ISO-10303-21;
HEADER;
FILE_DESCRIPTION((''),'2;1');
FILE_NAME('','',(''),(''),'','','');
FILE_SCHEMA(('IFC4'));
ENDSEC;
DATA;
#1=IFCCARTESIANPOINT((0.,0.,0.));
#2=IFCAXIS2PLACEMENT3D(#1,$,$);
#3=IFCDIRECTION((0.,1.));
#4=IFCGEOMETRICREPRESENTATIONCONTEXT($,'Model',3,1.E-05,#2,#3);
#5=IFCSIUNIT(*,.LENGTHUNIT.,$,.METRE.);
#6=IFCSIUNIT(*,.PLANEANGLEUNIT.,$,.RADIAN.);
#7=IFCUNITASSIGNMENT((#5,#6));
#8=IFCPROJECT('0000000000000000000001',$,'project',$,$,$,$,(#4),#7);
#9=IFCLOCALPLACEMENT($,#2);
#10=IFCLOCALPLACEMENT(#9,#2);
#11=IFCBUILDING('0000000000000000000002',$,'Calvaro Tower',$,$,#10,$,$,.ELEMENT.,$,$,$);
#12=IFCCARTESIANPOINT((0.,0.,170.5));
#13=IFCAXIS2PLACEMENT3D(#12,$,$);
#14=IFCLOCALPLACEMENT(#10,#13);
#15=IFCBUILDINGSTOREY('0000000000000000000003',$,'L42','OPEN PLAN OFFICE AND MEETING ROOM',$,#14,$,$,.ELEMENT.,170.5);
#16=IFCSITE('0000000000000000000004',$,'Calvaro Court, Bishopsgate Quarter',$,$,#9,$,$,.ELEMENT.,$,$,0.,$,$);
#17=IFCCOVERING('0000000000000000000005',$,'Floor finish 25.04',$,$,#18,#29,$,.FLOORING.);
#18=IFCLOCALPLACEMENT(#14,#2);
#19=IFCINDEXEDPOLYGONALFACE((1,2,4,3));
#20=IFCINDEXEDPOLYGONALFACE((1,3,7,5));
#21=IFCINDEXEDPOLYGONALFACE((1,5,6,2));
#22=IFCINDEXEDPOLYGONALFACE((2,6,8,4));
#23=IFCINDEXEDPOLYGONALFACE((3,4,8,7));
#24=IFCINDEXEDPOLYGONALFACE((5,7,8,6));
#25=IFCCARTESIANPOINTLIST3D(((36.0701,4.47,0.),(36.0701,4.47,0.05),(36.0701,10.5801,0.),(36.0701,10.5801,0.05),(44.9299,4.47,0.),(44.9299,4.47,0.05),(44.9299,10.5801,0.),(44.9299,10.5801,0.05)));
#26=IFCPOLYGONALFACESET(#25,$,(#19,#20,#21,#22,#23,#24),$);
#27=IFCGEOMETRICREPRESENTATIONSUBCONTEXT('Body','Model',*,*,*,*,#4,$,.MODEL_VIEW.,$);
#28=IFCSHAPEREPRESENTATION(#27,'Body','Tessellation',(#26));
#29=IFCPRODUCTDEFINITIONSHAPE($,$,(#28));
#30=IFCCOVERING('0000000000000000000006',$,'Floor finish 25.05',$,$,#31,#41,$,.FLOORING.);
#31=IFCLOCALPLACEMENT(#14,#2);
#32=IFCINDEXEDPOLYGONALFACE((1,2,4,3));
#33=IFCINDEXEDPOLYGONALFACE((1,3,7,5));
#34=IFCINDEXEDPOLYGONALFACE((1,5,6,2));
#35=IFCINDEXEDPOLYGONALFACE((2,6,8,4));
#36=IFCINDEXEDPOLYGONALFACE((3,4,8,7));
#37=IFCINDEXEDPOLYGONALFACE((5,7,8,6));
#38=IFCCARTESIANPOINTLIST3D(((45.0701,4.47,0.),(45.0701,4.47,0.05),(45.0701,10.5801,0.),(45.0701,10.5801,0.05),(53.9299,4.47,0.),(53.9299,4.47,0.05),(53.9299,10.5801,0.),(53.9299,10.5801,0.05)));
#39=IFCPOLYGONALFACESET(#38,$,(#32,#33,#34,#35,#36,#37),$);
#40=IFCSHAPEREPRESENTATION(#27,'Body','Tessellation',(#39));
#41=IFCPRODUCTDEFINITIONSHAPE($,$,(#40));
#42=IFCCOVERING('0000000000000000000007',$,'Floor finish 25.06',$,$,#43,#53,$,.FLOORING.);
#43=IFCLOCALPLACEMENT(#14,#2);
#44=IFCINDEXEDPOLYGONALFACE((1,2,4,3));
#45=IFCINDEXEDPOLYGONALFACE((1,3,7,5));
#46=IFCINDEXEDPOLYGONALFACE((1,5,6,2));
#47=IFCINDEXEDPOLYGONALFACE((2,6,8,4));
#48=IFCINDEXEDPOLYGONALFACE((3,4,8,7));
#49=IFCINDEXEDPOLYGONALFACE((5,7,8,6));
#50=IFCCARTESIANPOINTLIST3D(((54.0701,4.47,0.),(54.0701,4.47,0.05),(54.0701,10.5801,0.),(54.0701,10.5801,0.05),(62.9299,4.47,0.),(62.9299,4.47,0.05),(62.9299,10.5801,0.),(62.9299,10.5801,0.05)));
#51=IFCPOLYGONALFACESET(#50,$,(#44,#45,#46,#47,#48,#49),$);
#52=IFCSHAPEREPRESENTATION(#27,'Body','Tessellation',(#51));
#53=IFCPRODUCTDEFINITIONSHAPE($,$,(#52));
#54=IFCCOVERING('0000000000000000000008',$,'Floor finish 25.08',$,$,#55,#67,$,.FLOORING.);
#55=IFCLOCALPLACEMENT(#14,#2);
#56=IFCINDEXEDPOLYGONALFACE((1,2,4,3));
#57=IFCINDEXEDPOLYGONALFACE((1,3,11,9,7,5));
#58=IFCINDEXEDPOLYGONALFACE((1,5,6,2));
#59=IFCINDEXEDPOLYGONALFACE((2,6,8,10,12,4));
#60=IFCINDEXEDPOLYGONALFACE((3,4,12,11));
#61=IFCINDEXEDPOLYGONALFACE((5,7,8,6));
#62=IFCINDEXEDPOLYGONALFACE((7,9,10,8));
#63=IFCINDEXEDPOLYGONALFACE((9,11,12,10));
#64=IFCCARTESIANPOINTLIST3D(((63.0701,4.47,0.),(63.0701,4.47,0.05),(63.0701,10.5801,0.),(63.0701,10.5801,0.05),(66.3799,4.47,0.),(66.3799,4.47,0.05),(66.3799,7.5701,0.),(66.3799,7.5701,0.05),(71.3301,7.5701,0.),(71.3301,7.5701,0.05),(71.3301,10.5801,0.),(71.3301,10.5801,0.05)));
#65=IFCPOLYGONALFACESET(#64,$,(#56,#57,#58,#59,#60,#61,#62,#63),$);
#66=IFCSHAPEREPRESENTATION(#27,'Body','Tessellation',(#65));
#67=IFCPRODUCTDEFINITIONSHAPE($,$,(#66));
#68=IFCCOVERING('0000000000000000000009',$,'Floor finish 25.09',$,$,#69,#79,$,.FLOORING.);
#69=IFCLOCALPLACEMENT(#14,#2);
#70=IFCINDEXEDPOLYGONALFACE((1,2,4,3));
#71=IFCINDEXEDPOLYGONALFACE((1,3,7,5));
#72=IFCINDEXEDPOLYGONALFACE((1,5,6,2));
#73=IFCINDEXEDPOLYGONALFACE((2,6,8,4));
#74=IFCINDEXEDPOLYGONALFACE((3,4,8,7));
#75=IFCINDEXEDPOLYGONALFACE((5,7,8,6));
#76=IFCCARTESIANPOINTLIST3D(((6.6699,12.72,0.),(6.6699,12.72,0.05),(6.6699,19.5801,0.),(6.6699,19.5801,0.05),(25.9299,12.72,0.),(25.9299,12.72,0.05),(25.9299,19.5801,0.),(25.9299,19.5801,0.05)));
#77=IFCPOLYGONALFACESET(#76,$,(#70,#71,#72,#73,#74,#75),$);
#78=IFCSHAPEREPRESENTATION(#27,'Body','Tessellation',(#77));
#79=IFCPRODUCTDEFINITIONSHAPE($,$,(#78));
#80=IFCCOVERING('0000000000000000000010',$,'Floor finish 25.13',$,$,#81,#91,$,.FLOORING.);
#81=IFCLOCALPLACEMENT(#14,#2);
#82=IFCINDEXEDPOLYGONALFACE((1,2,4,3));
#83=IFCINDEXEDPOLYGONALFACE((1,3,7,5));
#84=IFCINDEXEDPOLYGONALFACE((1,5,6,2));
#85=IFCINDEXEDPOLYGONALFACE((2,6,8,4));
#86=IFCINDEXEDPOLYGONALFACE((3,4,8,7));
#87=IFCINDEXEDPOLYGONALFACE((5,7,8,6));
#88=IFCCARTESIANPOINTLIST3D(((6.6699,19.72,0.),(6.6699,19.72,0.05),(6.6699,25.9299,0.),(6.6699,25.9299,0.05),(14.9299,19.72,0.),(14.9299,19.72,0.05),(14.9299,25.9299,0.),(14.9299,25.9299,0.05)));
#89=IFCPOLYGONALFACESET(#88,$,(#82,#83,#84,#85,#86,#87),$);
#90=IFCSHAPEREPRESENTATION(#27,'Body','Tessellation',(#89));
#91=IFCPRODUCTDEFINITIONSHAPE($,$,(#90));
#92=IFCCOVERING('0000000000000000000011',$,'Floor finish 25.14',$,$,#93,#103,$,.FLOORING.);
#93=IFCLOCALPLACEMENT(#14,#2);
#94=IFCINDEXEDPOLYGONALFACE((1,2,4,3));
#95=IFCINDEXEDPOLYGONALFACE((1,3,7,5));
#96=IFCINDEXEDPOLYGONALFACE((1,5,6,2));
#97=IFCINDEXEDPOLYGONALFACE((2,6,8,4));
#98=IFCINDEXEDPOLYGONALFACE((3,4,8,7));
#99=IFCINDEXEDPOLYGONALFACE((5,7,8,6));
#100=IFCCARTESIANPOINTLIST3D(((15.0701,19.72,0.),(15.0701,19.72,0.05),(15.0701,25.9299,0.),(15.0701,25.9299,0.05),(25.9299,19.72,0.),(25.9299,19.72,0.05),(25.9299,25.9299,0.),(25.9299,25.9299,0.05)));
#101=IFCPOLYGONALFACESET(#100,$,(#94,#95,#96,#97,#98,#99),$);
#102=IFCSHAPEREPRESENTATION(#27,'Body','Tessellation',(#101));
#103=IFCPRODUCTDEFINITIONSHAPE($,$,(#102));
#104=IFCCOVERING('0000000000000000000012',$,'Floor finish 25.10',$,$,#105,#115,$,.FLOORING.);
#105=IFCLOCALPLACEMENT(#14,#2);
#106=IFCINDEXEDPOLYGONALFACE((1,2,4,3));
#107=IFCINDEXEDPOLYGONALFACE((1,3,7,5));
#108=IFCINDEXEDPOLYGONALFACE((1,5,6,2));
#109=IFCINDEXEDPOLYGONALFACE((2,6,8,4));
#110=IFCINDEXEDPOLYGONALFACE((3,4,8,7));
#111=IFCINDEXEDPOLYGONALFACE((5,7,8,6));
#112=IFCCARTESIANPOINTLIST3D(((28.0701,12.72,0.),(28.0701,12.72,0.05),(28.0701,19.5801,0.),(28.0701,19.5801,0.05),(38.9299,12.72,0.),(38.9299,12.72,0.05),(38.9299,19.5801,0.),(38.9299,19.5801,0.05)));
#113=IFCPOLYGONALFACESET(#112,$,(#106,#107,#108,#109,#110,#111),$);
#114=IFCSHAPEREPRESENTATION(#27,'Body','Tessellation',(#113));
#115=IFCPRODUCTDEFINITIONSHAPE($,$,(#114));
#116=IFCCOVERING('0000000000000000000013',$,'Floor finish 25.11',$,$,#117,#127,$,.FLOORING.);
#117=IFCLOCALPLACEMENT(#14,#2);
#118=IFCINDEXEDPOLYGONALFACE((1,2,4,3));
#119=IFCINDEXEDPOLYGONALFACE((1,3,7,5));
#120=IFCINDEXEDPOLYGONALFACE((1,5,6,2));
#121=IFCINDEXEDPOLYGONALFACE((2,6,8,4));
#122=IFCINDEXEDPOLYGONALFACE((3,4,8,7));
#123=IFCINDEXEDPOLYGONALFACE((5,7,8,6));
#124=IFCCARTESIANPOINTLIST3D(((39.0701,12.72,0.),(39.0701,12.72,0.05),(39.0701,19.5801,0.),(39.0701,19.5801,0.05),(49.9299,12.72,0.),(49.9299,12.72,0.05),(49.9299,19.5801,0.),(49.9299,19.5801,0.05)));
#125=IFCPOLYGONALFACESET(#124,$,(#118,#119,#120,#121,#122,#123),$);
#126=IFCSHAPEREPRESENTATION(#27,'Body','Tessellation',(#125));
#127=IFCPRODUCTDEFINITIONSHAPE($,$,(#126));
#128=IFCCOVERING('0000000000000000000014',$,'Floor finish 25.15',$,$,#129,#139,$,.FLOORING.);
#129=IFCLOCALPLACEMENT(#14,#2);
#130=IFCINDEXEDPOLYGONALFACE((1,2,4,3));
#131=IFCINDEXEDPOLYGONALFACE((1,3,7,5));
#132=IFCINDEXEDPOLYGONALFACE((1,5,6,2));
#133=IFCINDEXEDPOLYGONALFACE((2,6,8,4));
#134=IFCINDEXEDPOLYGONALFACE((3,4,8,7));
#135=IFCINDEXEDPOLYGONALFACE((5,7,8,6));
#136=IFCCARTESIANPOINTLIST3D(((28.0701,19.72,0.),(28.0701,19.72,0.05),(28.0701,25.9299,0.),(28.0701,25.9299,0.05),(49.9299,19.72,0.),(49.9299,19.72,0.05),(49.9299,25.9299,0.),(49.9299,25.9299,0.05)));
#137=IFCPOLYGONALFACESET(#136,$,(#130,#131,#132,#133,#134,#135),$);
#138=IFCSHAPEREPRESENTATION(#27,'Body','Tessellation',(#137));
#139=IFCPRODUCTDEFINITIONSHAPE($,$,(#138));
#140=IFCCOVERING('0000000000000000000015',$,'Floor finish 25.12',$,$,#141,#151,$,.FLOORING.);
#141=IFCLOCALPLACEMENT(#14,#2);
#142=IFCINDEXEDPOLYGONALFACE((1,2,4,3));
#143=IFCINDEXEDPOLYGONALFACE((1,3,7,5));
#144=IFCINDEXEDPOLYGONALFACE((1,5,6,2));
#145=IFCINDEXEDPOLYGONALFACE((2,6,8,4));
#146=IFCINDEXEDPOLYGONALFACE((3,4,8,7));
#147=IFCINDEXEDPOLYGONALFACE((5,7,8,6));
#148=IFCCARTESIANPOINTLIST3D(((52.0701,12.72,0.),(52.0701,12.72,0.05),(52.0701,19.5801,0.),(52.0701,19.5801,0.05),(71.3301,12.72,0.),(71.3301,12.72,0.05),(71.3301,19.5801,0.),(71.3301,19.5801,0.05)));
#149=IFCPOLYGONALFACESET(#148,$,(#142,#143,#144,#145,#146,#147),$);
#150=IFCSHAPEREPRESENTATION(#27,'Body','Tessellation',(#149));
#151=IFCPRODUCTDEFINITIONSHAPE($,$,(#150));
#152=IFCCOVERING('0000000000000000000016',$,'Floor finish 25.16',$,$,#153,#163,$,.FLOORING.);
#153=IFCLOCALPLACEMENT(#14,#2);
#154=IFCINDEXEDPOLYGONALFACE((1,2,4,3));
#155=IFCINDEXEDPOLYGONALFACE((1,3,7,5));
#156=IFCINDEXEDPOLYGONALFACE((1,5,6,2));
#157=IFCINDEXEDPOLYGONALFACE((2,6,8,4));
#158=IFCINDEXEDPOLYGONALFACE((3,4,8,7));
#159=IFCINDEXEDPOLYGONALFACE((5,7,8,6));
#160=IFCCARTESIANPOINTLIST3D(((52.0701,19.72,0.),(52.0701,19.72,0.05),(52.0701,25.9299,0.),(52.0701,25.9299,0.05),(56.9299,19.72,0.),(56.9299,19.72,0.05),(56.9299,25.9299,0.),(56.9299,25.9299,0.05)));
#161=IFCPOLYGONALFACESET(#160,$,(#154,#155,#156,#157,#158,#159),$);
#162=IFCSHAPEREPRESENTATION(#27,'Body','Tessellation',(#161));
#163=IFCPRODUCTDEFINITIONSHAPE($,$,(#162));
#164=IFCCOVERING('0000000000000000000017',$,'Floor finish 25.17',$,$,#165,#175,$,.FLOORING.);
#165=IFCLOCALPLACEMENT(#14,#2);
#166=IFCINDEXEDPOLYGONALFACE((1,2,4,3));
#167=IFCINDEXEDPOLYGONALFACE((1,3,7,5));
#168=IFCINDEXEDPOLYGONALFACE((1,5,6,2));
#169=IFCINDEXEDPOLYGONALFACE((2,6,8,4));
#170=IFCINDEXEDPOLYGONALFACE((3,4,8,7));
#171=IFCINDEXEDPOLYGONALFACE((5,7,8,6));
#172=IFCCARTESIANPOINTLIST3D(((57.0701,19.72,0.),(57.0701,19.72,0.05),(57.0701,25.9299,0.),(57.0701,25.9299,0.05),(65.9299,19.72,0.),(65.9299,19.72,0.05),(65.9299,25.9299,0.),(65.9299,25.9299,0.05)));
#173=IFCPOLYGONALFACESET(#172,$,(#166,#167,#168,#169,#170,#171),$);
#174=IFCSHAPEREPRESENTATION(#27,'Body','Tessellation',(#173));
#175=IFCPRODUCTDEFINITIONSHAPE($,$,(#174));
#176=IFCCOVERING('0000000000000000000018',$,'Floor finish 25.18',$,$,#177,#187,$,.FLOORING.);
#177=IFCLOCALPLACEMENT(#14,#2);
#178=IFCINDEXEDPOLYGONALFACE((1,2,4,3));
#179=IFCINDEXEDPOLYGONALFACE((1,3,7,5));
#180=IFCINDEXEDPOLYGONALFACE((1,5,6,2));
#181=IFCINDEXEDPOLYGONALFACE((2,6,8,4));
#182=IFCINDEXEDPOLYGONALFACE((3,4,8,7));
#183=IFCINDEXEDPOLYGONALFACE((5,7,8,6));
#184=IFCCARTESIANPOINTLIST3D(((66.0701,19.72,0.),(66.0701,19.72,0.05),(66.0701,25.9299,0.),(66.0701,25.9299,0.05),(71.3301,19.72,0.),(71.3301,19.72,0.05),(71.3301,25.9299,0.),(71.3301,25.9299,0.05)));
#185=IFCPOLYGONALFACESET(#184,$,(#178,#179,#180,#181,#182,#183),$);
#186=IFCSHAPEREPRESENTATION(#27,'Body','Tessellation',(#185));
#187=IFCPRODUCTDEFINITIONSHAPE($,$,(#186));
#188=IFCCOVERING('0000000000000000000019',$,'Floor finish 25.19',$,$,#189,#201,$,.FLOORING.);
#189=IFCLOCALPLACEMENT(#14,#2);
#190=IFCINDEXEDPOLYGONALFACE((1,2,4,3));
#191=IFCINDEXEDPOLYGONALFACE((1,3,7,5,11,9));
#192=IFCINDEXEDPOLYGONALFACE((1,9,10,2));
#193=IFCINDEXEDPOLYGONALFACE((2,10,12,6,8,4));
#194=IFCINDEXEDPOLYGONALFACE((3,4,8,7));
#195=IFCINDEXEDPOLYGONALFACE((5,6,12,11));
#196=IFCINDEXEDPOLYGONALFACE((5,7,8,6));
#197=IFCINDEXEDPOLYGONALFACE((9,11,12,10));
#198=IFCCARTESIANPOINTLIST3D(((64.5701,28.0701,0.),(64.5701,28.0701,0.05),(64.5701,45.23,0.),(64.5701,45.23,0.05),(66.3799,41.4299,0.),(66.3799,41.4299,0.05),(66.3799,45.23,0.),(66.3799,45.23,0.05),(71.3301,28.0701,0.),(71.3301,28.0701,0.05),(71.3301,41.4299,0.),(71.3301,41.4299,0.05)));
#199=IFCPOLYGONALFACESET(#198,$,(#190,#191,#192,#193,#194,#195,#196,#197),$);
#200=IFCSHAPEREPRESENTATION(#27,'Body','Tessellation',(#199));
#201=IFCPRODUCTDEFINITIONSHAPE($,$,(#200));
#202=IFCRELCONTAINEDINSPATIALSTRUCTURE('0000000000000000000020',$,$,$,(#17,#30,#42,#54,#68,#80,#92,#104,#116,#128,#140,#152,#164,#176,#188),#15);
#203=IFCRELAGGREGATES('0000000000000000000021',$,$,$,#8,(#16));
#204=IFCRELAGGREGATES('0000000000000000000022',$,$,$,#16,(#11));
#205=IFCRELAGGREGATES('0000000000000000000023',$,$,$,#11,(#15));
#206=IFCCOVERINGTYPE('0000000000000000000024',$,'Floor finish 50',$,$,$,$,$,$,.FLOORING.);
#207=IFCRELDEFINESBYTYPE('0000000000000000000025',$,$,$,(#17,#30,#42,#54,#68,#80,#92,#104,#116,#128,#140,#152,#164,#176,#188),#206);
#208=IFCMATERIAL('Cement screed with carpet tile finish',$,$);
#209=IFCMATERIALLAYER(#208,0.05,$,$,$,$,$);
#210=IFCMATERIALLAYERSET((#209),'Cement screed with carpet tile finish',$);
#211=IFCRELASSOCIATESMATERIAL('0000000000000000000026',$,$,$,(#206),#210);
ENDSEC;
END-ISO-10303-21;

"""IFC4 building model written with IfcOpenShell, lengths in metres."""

from ifc_helpers import new_model, si_unit, direction, frame, origin, place, context, subcontext, project, spatial, polyline, outline, extrude, material, layer, layer_set, type_object, element, save


model = new_model("IFC4")

# Units and contexts
model_context = context("Model", 3, precision=1e-05, world=origin(), true_north=direction((0.0, 1.0)))
body_context = subcontext(model_context, "Body", "Model", "MODEL_VIEW")
ifc_project = project(units=[si_unit("LENGTHUNIT", "METRE"), si_unit("PLANEANGLEUNIT", "RADIAN")], contexts=[model_context])

# Site, building, storey
site_placement = place(None, origin())
site = spatial("IfcSite", under=ifc_project, at=site_placement, Name="Calvaro Court, Bishopsgate Quarter", CompositionType="ELEMENT", RefElevation=0.0)
building_placement = place(site_placement, origin())
building = spatial("IfcBuilding", under=site, at=building_placement, Name="Calvaro Tower", CompositionType="ELEMENT")
storey_placement = place(building_placement, frame((0.0, 0.0, 170.5)))
storey = spatial("IfcBuildingStorey", under=building, at=storey_placement, Name="L42", Description="OPEN PLAN OFFICE AND MEETING ROOM", CompositionType="ELEMENT", Elevation=170.5)

# Coverings
ifc_material_1 = material(Name="Cement screed with carpet tile finish")
ifc_layer_1 = layer(ifc_material_1, 0.05)
ifc_layer_set_1 = layer_set([ifc_layer_1], Name="Cement screed with carpet tile finish")
covering_type = type_object("IfcCoveringType", Name="Floor finish 50", PredefinedType="FLOORING", material=ifc_layer_set_1)
covering_1_placement = place(storey_placement, origin())
element("IfcCovering", 1, at=covering_1_placement, inside=storey, type_object=covering_type, Name="Floor finish 25.04", PredefinedType="FLOORING", context=body_context, shape_type="SweptSolid", body=[
    extrude(outline(polyline([(36.0701, 10.5801), (44.9299, 10.5801), (44.9299, 4.47), (36.0701, 4.47), (36.0701, 10.5801)])), origin(), (0.0, 0.0, 1.0), 0.05),
])
covering_2_placement = place(storey_placement, origin())
element("IfcCovering", 2, at=covering_2_placement, inside=storey, type_object=covering_type, Name="Floor finish 25.05", PredefinedType="FLOORING", context=body_context, shape_type="SweptSolid", body=[
    extrude(outline(polyline([(45.0701, 10.5801), (53.9299, 10.5801), (53.9299, 4.47), (45.0701, 4.47), (45.0701, 10.5801)])), origin(), (0.0, 0.0, 1.0), 0.05),
])
covering_3_placement = place(storey_placement, origin())
element("IfcCovering", 3, at=covering_3_placement, inside=storey, type_object=covering_type, Name="Floor finish 25.06", PredefinedType="FLOORING", context=body_context, shape_type="SweptSolid", body=[
    extrude(outline(polyline([(54.0701, 10.5801), (62.9299, 10.5801), (62.9299, 4.47), (54.0701, 4.47), (54.0701, 10.5801)])), origin(), (0.0, 0.0, 1.0), 0.05),
])
covering_4_placement = place(storey_placement, origin())
element("IfcCovering", 4, at=covering_4_placement, inside=storey, type_object=covering_type, Name="Floor finish 25.08", PredefinedType="FLOORING", context=body_context, shape_type="SweptSolid", body=[
    extrude(outline(polyline([(71.3301, 7.5701), (66.3799, 7.5701), (66.3799, 4.47), (63.0701, 4.47), (63.0701, 10.5801), (71.3301, 10.5801), (71.3301, 7.5701)])), origin(), (0.0, 0.0, 1.0), 0.05),
])
covering_5_placement = place(storey_placement, origin())
element("IfcCovering", 5, at=covering_5_placement, inside=storey, type_object=covering_type, Name="Floor finish 25.09", PredefinedType="FLOORING", context=body_context, shape_type="SweptSolid", body=[
    extrude(outline(polyline([(25.9299, 19.5801), (25.9299, 12.72), (6.6699, 12.72), (6.6699, 19.5801), (25.9299, 19.5801)])), origin(), (0.0, 0.0, 1.0), 0.05),
])
covering_6_placement = place(storey_placement, origin())
element("IfcCovering", 6, at=covering_6_placement, inside=storey, type_object=covering_type, Name="Floor finish 25.13", PredefinedType="FLOORING", context=body_context, shape_type="SweptSolid", body=[
    extrude(outline(polyline([(14.9299, 25.9299), (14.9299, 19.72), (6.6699, 19.72), (6.6699, 25.9299), (14.9299, 25.9299)])), origin(), (0.0, 0.0, 1.0), 0.05),
])
covering_7_placement = place(storey_placement, origin())
element("IfcCovering", 7, at=covering_7_placement, inside=storey, type_object=covering_type, Name="Floor finish 25.14", PredefinedType="FLOORING", context=body_context, shape_type="SweptSolid", body=[
    extrude(outline(polyline([(15.0701, 19.72), (15.0701, 25.9299), (25.9299, 25.9299), (25.9299, 19.72), (15.0701, 19.72)])), origin(), (0.0, 0.0, 1.0), 0.05),
])
covering_8_placement = place(storey_placement, origin())
element("IfcCovering", 8, at=covering_8_placement, inside=storey, type_object=covering_type, Name="Floor finish 25.10", PredefinedType="FLOORING", context=body_context, shape_type="SweptSolid", body=[
    extrude(outline(polyline([(28.0701, 12.72), (28.0701, 19.5801), (38.9299, 19.5801), (38.9299, 12.72), (28.0701, 12.72)])), origin(), (0.0, 0.0, 1.0), 0.05),
])
covering_9_placement = place(storey_placement, origin())
element("IfcCovering", 9, at=covering_9_placement, inside=storey, type_object=covering_type, Name="Floor finish 25.11", PredefinedType="FLOORING", context=body_context, shape_type="SweptSolid", body=[
    extrude(outline(polyline([(39.0701, 12.72), (39.0701, 19.5801), (49.9299, 19.5801), (49.9299, 12.72), (39.0701, 12.72)])), origin(), (0.0, 0.0, 1.0), 0.05),
])
covering_10_placement = place(storey_placement, origin())
element("IfcCovering", 10, at=covering_10_placement, inside=storey, type_object=covering_type, Name="Floor finish 25.15", PredefinedType="FLOORING", context=body_context, shape_type="SweptSolid", body=[
    extrude(outline(polyline([(28.0701, 19.72), (28.0701, 25.9299), (49.9299, 25.9299), (49.9299, 19.72), (28.0701, 19.72)])), origin(), (0.0, 0.0, 1.0), 0.05),
])
covering_11_placement = place(storey_placement, origin())
element("IfcCovering", 11, at=covering_11_placement, inside=storey, type_object=covering_type, Name="Floor finish 25.12", PredefinedType="FLOORING", context=body_context, shape_type="SweptSolid", body=[
    extrude(outline(polyline([(71.3301, 12.72), (52.0701, 12.72), (52.0701, 19.5801), (71.3301, 19.5801), (71.3301, 12.72)])), origin(), (0.0, 0.0, 1.0), 0.05),
])
covering_12_placement = place(storey_placement, origin())
element("IfcCovering", 12, at=covering_12_placement, inside=storey, type_object=covering_type, Name="Floor finish 25.16", PredefinedType="FLOORING", context=body_context, shape_type="SweptSolid", body=[
    extrude(outline(polyline([(52.0701, 19.72), (52.0701, 25.9299), (56.9299, 25.9299), (56.9299, 19.72), (52.0701, 19.72)])), origin(), (0.0, 0.0, 1.0), 0.05),
])
covering_13_placement = place(storey_placement, origin())
element("IfcCovering", 13, at=covering_13_placement, inside=storey, type_object=covering_type, Name="Floor finish 25.17", PredefinedType="FLOORING", context=body_context, shape_type="SweptSolid", body=[
    extrude(outline(polyline([(57.0701, 19.72), (57.0701, 25.9299), (65.9299, 25.9299), (65.9299, 19.72), (57.0701, 19.72)])), origin(), (0.0, 0.0, 1.0), 0.05),
])
covering_14_placement = place(storey_placement, origin())
element("IfcCovering", 14, at=covering_14_placement, inside=storey, type_object=covering_type, Name="Floor finish 25.18", PredefinedType="FLOORING", context=body_context, shape_type="SweptSolid", body=[
    extrude(outline(polyline([(71.3301, 19.72), (66.0701, 19.72), (66.0701, 25.9299), (71.3301, 25.9299), (71.3301, 19.72)])), origin(), (0.0, 0.0, 1.0), 0.05),
])
covering_15_placement = place(storey_placement, origin())
element("IfcCovering", 15, at=covering_15_placement, inside=storey, type_object=covering_type, Name="Floor finish 25.19", PredefinedType="FLOORING", context=body_context, shape_type="SweptSolid", body=[
    extrude(outline(polyline([(71.3301, 28.0701), (64.5701, 28.0701), (64.5701, 45.23), (66.3799, 45.23), (66.3799, 41.4299), (71.3301, 41.4299), (71.3301, 28.0701)])), origin(), (0.0, 0.0, 1.0), 0.05),
])

save(model, "model.ifc")
